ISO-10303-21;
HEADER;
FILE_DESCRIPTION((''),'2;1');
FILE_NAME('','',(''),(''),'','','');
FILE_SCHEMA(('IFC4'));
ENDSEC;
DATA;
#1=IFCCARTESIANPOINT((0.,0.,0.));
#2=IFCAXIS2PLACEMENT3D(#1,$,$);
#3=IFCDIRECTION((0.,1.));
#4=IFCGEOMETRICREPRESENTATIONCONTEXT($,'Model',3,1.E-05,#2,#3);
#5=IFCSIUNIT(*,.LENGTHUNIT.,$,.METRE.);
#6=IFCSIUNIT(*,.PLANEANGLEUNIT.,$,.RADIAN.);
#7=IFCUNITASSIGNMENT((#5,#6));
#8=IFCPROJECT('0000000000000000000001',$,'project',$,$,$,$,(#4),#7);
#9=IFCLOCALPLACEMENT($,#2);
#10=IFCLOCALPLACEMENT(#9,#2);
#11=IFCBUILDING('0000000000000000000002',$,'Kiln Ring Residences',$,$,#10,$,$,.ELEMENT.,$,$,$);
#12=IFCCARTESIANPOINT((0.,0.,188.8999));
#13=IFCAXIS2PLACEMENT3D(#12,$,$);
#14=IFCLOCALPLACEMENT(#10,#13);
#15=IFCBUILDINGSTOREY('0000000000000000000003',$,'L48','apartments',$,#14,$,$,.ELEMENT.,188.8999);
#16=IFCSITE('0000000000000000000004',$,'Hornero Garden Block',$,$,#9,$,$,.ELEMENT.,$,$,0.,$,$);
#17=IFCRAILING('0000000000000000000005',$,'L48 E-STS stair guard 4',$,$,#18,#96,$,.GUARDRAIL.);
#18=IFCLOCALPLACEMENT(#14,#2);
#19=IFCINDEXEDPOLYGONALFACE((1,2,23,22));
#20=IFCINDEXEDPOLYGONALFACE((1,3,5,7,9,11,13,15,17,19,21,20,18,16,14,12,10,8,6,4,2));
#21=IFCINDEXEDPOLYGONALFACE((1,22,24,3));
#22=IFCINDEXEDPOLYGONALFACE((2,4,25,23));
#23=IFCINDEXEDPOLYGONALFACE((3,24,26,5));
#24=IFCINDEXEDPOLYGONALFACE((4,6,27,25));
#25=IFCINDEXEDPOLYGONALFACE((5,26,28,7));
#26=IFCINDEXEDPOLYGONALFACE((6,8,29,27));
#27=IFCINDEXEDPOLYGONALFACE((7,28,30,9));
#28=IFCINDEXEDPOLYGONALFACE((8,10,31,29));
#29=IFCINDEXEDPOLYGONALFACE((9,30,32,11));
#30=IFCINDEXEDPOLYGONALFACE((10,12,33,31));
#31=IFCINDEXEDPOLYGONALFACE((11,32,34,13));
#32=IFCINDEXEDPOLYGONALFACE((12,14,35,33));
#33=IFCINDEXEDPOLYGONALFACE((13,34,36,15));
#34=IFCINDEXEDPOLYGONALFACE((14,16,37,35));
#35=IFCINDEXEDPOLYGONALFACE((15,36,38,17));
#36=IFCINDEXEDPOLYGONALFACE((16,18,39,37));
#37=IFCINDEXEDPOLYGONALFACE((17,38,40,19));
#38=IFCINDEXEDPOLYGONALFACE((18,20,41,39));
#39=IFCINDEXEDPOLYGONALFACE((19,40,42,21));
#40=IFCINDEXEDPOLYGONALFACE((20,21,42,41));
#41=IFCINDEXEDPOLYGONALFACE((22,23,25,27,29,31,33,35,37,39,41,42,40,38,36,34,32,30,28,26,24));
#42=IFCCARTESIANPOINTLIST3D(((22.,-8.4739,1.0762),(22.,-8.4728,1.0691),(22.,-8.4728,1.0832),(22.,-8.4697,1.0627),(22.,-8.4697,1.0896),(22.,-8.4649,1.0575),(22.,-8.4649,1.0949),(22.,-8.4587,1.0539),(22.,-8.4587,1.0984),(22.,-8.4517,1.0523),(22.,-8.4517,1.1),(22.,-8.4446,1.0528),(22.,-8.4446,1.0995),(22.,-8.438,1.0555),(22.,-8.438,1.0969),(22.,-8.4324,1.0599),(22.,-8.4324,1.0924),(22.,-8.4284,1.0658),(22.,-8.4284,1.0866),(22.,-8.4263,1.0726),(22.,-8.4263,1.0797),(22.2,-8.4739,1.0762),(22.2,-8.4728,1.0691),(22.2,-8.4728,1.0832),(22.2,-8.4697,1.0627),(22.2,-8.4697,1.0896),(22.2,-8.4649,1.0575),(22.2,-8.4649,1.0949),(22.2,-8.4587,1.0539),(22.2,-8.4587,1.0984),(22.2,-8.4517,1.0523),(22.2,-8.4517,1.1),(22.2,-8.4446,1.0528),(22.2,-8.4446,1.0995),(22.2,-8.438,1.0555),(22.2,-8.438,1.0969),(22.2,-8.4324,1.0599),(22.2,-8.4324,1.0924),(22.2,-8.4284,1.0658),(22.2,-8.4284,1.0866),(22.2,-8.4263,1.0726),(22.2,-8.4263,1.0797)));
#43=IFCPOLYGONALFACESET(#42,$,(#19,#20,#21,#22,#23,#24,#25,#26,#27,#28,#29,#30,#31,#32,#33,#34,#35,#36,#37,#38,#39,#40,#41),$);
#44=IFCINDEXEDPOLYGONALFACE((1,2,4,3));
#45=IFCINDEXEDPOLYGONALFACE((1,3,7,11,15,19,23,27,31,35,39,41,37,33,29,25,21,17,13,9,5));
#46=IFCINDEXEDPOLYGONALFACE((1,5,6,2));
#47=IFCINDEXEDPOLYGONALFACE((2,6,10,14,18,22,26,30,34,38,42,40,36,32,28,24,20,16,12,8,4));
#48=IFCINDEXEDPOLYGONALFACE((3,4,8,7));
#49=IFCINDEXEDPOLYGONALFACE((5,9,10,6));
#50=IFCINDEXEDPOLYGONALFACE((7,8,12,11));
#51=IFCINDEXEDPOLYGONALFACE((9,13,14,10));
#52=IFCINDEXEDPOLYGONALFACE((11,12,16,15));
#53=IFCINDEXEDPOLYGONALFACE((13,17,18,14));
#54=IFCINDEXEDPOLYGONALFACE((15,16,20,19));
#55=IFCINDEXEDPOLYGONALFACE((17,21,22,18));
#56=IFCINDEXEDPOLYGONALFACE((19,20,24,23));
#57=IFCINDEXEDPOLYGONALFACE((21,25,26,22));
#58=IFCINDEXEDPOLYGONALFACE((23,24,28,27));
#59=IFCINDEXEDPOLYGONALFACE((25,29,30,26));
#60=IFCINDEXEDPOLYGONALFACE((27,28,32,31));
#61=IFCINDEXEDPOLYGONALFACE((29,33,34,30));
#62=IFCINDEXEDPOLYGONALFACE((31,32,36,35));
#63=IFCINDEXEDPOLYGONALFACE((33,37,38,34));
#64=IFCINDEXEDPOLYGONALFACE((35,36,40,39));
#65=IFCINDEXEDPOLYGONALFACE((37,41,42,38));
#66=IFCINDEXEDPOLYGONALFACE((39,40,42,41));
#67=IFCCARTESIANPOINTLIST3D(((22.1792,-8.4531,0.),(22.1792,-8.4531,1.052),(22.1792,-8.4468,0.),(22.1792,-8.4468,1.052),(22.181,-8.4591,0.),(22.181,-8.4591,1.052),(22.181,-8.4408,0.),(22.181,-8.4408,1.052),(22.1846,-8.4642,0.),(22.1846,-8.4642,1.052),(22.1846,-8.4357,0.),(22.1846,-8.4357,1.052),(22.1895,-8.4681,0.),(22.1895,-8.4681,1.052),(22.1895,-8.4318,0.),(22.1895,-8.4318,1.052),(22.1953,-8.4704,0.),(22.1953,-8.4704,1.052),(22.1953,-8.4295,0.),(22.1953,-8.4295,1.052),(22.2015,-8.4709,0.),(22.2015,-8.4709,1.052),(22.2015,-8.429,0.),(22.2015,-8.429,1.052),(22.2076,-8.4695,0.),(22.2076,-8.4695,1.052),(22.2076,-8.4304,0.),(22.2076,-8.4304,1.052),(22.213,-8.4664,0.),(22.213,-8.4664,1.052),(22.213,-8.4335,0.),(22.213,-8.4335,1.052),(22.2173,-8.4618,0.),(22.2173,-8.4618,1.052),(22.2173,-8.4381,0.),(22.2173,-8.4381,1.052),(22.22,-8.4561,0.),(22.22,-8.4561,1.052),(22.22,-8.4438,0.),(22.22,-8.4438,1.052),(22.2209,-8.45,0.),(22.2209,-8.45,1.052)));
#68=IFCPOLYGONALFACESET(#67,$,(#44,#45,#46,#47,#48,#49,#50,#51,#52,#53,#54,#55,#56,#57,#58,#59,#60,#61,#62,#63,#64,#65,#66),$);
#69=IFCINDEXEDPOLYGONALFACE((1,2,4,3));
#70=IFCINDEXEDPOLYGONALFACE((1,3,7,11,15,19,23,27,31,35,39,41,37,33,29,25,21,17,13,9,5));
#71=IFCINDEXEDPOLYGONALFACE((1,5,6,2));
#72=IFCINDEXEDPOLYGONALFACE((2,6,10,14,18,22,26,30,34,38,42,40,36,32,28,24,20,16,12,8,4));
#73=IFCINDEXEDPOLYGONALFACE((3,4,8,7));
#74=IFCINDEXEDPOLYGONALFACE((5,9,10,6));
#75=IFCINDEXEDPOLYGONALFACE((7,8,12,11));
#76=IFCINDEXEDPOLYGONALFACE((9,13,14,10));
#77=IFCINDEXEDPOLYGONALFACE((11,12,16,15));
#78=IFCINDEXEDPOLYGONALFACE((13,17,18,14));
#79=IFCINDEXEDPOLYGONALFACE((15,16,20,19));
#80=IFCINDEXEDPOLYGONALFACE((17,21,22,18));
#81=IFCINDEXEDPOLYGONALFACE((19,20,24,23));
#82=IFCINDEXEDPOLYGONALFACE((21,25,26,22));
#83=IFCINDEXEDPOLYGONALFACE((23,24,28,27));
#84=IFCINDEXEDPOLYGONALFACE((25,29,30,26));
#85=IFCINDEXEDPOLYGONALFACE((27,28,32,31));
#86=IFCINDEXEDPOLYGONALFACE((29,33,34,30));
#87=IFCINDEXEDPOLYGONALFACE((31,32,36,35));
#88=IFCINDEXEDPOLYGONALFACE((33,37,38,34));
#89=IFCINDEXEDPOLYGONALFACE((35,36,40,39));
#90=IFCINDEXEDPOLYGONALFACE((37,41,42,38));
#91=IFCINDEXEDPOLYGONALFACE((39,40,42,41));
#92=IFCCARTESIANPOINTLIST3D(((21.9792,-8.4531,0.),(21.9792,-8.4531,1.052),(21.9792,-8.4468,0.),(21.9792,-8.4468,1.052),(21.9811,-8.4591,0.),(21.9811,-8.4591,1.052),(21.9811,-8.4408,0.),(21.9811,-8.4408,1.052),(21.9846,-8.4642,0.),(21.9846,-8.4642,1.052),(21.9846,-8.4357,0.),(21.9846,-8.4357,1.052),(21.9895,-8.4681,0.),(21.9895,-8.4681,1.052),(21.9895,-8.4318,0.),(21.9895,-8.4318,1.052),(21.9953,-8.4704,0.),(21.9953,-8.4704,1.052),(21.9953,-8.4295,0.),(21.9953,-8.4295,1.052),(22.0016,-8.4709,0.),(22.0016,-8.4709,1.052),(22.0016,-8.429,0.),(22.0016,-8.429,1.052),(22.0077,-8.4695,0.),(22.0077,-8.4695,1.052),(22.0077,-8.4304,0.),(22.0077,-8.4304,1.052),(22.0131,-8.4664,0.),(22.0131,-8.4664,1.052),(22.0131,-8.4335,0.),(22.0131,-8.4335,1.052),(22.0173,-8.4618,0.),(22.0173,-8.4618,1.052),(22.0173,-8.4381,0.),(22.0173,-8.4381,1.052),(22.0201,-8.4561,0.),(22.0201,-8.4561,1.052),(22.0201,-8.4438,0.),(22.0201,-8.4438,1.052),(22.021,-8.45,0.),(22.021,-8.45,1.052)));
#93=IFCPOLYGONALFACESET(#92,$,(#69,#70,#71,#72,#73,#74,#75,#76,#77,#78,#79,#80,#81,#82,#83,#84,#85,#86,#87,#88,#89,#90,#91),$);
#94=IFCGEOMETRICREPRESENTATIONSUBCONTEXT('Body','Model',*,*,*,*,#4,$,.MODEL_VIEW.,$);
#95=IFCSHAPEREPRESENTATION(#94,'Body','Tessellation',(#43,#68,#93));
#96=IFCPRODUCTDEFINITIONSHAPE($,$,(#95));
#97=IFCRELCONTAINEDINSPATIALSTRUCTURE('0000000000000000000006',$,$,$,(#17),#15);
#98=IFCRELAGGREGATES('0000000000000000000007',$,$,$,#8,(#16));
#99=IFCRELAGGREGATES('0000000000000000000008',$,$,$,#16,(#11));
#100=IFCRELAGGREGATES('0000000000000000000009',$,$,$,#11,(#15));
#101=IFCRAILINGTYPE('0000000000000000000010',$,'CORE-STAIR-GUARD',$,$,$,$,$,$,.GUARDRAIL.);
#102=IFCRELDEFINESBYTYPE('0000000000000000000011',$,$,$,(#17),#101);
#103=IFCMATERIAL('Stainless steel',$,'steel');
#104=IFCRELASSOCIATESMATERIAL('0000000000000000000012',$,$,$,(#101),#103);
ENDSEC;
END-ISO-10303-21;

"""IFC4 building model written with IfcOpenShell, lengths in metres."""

from ifc_helpers import new_model, si_unit, direction, frame, origin, origin_2d, place, context, subcontext, project, spatial, circle, extrude, material, type_object, element, save


model = new_model("IFC4")

# Units and contexts
model_context = context("Model", 3, precision=1e-05, world=origin(), true_north=direction((0.0, 1.0)))
body_context = subcontext(model_context, "Body", "Model", "MODEL_VIEW")
ifc_project = project(units=[si_unit("LENGTHUNIT", "METRE"), si_unit("PLANEANGLEUNIT", "RADIAN")], contexts=[model_context])

# Site, building, storey
site_placement = place(None, origin())
site = spatial("IfcSite", under=ifc_project, at=site_placement, Name="Hornero Garden Block", CompositionType="ELEMENT", RefElevation=0.0)
building_placement = place(site_placement, origin())
building = spatial("IfcBuilding", under=site, at=building_placement, Name="Kiln Ring Residences", CompositionType="ELEMENT")
storey_placement = place(building_placement, frame((0.0, 0.0, 188.8999)))
storey = spatial("IfcBuildingStorey", under=building, at=storey_placement, Name="L48", Description="apartments", CompositionType="ELEMENT", Elevation=188.8999)

# Railing
ifc_material_1 = material(Name="Stainless steel", Category="steel")
railing_type_1 = type_object("IfcRailingType", Name="CORE-STAIR-GUARD", PredefinedType="GUARDRAIL", material=ifc_material_1)
railing_1_placement = place(storey_placement, frame((22.2, -8.45, 0.0)))
element("IfcRailing", 1, at=railing_1_placement, inside=storey, type_object=railing_type_1, Name="L48 E-STS stair guard 4", PredefinedType="GUARDRAIL", context=body_context, shape_type="SweptSolid", body=[
    extrude(circle(Radius=0.0239, at=origin_2d()), frame((0.0, 0.0, 1.0762), z_axis=(-1.0, 0.0, 0.0), x_axis=(0.0, -1.0, 0.0)), (0.0, 0.0, 1.0), 0.2),
    extrude(circle(Radius=0.021, at=origin_2d()), origin(), (0.0, 0.0, 1.0), 1.052),
    extrude(circle(Radius=0.021, at=origin_2d()), frame((-0.2, 0.0, 0.0)), (0.0, 0.0, 1.0), 1.052),
])

save(model, "model.ifc")
